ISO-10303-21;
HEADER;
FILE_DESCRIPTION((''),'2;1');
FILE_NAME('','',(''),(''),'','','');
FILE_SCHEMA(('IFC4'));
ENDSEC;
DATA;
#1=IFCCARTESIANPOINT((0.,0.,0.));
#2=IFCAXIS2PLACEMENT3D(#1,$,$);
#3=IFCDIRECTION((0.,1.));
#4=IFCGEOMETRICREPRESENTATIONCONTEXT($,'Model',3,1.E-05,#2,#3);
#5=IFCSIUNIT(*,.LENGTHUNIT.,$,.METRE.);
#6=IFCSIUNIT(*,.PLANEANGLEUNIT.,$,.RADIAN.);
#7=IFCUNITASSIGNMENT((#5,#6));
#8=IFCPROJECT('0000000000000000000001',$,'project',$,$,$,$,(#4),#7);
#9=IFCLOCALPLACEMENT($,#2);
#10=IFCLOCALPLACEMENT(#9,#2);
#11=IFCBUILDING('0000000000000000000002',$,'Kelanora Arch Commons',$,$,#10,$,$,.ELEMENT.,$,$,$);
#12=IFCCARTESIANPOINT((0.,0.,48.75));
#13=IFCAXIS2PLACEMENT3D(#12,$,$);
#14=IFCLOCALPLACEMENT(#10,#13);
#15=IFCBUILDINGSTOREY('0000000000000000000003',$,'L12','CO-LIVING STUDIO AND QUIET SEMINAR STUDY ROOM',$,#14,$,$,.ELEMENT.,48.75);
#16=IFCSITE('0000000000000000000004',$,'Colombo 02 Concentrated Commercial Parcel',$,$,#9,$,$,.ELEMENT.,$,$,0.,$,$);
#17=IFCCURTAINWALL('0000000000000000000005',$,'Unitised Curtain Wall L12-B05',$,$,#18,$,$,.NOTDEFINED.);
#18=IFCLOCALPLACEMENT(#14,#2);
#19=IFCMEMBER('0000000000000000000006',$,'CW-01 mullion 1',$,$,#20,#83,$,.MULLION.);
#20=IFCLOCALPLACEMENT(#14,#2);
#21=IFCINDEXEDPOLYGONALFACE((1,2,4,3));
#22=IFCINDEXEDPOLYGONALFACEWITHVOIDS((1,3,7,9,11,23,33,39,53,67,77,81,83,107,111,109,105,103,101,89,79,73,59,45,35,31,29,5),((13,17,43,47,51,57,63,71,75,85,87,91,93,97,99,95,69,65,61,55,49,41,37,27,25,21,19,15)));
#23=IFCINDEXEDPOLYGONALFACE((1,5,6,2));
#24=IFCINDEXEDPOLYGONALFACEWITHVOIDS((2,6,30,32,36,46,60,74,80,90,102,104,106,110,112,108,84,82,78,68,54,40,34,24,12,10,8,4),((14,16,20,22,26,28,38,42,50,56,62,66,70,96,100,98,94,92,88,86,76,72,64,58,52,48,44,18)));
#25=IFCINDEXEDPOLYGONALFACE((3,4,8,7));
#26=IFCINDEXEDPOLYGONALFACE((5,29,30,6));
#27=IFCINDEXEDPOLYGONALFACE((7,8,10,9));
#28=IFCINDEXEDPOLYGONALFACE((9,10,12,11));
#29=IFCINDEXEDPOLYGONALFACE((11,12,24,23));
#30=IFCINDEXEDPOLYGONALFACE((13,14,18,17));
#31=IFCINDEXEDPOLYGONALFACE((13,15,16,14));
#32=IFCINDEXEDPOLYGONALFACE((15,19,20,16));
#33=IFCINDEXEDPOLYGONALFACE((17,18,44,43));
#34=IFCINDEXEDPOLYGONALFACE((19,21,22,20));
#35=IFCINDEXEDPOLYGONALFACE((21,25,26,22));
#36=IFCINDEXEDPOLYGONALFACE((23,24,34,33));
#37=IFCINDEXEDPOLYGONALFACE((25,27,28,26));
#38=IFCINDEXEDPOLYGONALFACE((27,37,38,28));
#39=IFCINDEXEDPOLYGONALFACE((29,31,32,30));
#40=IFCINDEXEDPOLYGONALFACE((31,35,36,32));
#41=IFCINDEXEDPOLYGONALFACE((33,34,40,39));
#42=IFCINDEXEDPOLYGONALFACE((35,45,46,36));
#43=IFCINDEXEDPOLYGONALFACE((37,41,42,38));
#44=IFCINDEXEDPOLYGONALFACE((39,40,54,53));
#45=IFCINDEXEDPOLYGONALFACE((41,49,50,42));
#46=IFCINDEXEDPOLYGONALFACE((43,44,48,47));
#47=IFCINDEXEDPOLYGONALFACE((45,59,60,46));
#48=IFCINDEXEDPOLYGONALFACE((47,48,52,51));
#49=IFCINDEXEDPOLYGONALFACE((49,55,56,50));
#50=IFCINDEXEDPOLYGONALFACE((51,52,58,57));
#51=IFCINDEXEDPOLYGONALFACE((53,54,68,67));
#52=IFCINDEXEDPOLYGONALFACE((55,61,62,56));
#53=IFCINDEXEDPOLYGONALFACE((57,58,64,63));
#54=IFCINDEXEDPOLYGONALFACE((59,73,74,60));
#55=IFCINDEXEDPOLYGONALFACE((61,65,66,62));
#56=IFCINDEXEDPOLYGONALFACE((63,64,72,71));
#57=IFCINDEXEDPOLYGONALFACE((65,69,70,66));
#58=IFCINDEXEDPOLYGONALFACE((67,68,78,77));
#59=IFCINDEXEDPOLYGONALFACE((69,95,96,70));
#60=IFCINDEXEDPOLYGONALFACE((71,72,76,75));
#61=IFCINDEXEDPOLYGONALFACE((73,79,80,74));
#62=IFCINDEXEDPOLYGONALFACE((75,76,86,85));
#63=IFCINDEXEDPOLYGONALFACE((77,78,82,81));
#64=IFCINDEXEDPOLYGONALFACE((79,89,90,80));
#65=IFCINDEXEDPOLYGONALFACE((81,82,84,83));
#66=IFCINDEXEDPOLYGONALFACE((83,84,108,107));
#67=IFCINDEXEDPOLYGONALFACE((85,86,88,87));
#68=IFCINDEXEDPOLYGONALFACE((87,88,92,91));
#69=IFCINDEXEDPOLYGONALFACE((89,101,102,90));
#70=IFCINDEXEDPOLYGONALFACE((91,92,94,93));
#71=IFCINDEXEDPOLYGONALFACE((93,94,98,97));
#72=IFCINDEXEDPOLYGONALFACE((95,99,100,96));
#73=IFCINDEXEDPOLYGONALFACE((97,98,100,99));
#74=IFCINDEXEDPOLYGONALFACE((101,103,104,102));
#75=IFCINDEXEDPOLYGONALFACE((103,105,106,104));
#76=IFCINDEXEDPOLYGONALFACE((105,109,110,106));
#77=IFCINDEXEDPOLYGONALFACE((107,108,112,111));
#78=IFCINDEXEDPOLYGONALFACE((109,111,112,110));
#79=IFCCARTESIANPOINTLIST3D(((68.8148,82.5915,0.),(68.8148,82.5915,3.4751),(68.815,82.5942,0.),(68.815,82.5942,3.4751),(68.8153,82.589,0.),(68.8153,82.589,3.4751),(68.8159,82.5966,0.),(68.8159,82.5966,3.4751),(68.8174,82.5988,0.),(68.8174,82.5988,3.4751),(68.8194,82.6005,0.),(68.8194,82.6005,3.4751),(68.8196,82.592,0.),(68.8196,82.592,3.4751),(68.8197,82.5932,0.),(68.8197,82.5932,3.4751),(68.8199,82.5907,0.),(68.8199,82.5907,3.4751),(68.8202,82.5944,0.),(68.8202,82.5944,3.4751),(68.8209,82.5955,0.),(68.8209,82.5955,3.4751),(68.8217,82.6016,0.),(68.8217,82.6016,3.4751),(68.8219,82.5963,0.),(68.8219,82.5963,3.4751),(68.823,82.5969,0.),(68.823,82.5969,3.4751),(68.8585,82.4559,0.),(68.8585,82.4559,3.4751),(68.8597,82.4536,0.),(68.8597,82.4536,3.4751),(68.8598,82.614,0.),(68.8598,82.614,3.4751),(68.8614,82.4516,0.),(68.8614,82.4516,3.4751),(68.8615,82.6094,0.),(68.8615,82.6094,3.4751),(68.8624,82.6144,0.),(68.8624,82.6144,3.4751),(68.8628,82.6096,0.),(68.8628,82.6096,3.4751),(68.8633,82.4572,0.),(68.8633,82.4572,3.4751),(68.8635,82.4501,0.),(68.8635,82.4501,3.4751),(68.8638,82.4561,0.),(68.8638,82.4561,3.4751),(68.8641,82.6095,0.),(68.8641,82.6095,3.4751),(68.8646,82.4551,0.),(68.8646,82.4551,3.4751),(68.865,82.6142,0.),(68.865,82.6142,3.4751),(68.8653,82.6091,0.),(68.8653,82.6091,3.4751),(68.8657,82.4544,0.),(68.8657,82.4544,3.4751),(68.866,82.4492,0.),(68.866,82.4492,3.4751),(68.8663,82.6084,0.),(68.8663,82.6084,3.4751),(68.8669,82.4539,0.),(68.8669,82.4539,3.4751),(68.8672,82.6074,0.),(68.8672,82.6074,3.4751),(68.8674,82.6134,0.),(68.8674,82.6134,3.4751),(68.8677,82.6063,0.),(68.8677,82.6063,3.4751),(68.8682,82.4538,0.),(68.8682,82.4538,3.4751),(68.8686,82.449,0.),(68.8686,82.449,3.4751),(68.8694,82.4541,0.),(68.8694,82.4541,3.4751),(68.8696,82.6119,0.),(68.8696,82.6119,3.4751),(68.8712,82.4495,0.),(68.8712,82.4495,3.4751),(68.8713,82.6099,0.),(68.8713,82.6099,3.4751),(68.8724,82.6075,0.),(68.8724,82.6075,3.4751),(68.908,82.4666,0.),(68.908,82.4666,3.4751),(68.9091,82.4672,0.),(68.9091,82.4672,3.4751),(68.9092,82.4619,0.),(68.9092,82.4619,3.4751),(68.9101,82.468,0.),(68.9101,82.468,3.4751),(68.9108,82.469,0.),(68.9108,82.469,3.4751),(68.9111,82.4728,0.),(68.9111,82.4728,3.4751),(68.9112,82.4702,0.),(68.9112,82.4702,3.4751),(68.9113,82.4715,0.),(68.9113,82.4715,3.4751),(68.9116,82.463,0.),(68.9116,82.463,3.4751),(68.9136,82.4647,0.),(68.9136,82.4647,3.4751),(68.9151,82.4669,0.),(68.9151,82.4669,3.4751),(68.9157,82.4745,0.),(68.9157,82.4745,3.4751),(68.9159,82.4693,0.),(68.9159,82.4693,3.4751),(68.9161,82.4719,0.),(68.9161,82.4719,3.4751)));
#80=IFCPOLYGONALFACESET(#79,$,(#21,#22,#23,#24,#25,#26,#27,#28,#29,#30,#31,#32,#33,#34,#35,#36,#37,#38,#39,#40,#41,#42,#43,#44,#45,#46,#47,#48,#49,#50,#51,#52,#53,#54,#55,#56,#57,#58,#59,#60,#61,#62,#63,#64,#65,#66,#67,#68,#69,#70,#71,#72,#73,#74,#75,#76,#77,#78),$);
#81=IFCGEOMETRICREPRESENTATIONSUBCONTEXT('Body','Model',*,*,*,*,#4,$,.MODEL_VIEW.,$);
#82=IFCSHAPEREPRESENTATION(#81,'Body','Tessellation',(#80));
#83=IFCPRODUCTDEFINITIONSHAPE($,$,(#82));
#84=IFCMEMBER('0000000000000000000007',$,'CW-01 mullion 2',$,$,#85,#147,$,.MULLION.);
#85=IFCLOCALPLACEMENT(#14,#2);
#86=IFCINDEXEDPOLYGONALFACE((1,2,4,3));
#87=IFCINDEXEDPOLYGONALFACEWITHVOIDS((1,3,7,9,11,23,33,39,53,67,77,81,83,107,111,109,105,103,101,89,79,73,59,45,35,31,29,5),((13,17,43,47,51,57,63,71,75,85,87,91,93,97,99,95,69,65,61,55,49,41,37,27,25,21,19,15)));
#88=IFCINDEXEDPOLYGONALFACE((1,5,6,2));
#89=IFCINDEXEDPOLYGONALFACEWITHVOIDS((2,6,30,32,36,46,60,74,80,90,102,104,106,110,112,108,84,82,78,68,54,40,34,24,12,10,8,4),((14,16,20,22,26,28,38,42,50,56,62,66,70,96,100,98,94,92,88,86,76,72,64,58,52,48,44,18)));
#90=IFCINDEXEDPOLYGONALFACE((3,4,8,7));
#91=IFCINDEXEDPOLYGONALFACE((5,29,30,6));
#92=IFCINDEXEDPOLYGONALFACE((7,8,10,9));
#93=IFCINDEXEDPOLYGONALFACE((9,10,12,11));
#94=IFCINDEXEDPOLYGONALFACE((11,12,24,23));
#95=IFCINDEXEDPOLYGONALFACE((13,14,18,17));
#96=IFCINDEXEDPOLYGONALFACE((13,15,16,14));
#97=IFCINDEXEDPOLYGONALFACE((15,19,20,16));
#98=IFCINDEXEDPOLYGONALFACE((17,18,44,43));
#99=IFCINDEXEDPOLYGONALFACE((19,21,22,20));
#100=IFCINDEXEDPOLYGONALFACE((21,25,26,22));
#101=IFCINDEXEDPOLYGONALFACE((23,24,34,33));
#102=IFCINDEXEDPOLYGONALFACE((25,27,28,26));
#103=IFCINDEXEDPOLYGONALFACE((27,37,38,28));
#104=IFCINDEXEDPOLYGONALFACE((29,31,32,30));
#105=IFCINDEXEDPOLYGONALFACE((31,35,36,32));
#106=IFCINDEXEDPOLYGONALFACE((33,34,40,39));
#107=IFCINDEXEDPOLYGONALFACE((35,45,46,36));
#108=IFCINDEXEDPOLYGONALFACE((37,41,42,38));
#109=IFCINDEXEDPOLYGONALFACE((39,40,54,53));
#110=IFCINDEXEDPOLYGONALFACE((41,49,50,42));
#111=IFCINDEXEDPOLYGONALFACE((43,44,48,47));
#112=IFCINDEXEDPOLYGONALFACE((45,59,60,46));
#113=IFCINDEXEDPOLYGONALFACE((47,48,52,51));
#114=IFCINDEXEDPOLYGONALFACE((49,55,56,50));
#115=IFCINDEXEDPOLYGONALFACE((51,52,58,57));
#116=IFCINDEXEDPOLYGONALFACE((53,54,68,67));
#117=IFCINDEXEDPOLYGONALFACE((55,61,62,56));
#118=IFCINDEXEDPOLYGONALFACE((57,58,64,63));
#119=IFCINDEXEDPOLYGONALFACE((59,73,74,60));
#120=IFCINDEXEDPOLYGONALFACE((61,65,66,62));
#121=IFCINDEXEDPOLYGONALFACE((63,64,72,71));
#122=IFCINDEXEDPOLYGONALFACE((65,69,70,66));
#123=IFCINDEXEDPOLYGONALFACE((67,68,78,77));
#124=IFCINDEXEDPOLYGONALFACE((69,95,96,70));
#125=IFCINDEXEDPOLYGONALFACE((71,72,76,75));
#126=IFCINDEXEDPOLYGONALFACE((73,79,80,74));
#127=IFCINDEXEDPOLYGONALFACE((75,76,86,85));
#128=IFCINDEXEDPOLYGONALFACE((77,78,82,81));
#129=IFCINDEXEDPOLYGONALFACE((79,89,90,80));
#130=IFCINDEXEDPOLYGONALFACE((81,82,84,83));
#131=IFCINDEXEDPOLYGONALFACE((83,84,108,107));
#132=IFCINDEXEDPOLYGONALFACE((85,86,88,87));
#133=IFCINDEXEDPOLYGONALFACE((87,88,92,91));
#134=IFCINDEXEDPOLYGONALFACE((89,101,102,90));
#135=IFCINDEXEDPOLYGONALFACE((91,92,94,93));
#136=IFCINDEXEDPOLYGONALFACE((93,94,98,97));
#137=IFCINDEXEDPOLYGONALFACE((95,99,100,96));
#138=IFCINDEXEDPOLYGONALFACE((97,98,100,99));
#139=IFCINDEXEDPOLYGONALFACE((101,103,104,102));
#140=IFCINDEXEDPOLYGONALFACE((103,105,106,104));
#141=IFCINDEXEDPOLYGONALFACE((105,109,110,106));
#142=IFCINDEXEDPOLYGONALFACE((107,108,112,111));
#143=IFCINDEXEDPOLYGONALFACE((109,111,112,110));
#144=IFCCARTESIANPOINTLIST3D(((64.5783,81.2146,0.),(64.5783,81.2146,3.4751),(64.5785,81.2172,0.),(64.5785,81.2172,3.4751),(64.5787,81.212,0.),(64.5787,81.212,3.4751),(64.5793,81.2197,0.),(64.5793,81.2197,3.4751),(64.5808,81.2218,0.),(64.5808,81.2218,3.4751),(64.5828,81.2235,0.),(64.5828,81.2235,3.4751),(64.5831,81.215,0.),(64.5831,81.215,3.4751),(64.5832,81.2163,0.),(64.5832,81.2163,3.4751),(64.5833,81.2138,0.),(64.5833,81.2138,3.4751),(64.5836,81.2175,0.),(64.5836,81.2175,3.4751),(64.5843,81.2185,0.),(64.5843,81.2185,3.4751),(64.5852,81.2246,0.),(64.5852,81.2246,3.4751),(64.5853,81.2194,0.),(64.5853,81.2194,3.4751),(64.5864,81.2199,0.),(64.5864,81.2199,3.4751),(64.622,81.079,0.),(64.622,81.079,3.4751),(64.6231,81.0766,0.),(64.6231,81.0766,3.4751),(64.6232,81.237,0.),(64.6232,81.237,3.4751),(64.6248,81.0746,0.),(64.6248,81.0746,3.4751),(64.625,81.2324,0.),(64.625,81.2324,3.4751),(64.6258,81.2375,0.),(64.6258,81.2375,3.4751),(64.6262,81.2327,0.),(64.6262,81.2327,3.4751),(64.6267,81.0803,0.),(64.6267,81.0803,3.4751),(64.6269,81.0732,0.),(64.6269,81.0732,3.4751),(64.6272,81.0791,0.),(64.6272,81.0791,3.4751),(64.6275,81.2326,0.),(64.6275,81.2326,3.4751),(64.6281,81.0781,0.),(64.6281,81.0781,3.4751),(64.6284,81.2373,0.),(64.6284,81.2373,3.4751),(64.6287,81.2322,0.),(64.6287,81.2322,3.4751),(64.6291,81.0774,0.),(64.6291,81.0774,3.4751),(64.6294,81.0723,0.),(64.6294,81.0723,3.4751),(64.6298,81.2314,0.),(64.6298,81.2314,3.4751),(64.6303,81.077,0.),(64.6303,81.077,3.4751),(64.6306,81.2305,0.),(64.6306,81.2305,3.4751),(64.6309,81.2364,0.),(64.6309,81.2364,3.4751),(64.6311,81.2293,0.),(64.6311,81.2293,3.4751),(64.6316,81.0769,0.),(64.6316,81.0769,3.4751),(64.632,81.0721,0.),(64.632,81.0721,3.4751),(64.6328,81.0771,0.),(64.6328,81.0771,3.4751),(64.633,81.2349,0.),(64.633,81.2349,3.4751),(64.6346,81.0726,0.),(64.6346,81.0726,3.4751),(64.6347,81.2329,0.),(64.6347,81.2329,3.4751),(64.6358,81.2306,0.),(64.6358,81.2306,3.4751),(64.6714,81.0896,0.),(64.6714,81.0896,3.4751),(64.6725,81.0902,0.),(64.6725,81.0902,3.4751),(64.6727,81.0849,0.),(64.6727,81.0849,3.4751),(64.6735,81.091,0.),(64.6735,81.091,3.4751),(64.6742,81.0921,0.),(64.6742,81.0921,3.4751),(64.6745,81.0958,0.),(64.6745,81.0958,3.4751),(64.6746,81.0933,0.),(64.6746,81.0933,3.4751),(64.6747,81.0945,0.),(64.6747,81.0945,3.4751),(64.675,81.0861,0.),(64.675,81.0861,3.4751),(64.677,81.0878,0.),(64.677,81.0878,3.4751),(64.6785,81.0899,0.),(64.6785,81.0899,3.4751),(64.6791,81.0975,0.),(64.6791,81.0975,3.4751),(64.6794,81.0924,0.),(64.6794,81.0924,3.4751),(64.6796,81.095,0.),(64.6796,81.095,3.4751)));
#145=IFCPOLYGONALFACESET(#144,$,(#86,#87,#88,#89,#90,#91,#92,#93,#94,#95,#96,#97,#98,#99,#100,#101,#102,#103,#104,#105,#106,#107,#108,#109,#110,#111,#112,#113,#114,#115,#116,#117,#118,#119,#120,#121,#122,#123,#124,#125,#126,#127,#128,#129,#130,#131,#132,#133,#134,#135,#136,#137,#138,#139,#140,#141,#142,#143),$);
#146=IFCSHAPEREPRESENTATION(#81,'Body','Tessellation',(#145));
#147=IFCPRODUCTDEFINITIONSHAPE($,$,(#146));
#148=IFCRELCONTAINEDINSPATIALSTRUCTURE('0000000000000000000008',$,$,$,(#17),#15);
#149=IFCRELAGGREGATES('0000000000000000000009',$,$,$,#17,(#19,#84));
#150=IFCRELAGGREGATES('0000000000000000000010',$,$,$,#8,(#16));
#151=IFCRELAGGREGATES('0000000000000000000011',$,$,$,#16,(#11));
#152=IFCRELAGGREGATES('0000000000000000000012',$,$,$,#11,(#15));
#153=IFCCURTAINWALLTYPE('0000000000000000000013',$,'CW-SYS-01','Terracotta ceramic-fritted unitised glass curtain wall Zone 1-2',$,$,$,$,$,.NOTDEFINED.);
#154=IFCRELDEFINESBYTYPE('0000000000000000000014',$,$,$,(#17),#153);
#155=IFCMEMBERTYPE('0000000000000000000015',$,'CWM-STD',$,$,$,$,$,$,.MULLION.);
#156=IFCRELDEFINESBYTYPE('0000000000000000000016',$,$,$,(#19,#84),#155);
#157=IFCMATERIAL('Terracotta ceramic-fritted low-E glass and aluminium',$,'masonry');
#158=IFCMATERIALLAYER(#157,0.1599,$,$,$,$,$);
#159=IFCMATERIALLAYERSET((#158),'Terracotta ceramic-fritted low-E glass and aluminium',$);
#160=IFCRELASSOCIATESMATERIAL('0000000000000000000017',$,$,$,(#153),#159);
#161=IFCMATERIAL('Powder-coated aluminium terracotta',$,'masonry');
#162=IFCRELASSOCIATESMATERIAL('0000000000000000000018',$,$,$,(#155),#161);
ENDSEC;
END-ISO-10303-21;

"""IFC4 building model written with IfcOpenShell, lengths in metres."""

from ifc_helpers import new_model, si_unit, direction, frame, origin, origin_2d, place, context, subcontext, project, spatial, hollow_rectangle, extrude, material, layer, layer_set, material_profile, profile_set, type_object, element, aggregate, save


model = new_model("IFC4")

# Units and contexts
model_context = context("Model", 3, precision=1e-05, world=origin(), true_north=direction((0.0, 1.0)))
body_context = subcontext(model_context, "Body", "Model", "MODEL_VIEW")
ifc_project = project(units=[si_unit("LENGTHUNIT", "METRE"), si_unit("PLANEANGLEUNIT", "RADIAN")], contexts=[model_context])

# Site, building, storey
site_placement = place(None, origin())
site = spatial("IfcSite", under=ifc_project, at=site_placement, Name="Colombo 02 Concentrated Commercial Parcel", CompositionType="ELEMENT", RefElevation=0.0)
building_placement = place(site_placement, origin())
building = spatial("IfcBuilding", under=site, at=building_placement, Name="Kelanora Arch Commons", CompositionType="ELEMENT")
storey_placement = place(building_placement, frame((0.0, 0.0, 48.75)))
storey = spatial("IfcBuildingStorey", under=building, at=storey_placement, Name="L12", Description="CO-LIVING STUDIO AND QUIET SEMINAR STUDY ROOM", CompositionType="ELEMENT", Elevation=48.75)

# Curtain wall, members
ifc_material_1 = material(Name="Terracotta ceramic-fritted low-E glass and aluminium", Category="masonry")
ifc_layer_1 = layer(ifc_material_1, 0.1599)
ifc_layer_set_1 = layer_set([ifc_layer_1], Name="Terracotta ceramic-fritted low-E glass and aluminium")
curtain_wall_type = type_object("IfcCurtainWallType", Name="CW-SYS-01", Description="Terracotta ceramic-fritted unitised glass curtain wall Zone 1-2", PredefinedType="NOTDEFINED", material=ifc_layer_set_1)
curtain_wall_placement = place(storey_placement, origin())
curtain_wall = element("IfcCurtainWall", 1, at=curtain_wall_placement, inside=storey, type_object=curtain_wall_type, Name="Unitised Curtain Wall L12-B05", PredefinedType="NOTDEFINED")
ifc_material_2 = material(Name="Powder-coated aluminium terracotta", Category="masonry")
ifc_material_profile_1 = material_profile(ifc_material_2, hollow_rectangle(XDim=0.1599, YDim=0.0601, WallThickness=0.0049, InnerFilletRadius=0.0049, OuterFilletRadius=0.01, at=origin_2d()), Name="CWM160x60")
ifc_profile_set_1 = profile_set([ifc_material_profile_1], Name="Powder-coated aluminium terracotta")
member_type_1 = type_object("IfcMemberType", Name="CWM-STD", PredefinedType="MULLION", material=ifc_profile_set_1)
member_1_placement = place(storey_placement, frame((68.8655, 82.5317, 0.0), z_axis=(0.0, 0.0, 1.0), x_axis=(0.309058, -0.951043, 0.0)))
member_1 = element("IfcMember", 2, at=member_1_placement, type_object=member_type_1, Name="CW-01 mullion 1", PredefinedType="MULLION", context=body_context, shape_type="SweptSolid", body=[
    extrude(hollow_rectangle(XDim=0.1599, YDim=0.0601, WallThickness=0.0049, InnerFilletRadius=0.0049, OuterFilletRadius=0.01, at=origin_2d()), origin(), (0.0, 0.0, 1.0), 3.4751),
])
member_2_placement = place(storey_placement, frame((64.6289, 81.1548, 0.0), z_axis=(0.0, 0.0, 1.0), x_axis=(0.309058, -0.951043, 0.0)))
member_2 = element("IfcMember", 3, at=member_2_placement, type_object=member_type_1, Name="CW-01 mullion 2", PredefinedType="MULLION", context=body_context, shape_type="SweptSolid", body=[
    extrude(hollow_rectangle(XDim=0.1599, YDim=0.0601, WallThickness=0.0049, InnerFilletRadius=0.0049, OuterFilletRadius=0.01, at=origin_2d()), origin(), (0.0, 0.0, 1.0), 3.4751),
])
aggregate(curtain_wall, [member_1, member_2])

save(model, "model.ifc")
